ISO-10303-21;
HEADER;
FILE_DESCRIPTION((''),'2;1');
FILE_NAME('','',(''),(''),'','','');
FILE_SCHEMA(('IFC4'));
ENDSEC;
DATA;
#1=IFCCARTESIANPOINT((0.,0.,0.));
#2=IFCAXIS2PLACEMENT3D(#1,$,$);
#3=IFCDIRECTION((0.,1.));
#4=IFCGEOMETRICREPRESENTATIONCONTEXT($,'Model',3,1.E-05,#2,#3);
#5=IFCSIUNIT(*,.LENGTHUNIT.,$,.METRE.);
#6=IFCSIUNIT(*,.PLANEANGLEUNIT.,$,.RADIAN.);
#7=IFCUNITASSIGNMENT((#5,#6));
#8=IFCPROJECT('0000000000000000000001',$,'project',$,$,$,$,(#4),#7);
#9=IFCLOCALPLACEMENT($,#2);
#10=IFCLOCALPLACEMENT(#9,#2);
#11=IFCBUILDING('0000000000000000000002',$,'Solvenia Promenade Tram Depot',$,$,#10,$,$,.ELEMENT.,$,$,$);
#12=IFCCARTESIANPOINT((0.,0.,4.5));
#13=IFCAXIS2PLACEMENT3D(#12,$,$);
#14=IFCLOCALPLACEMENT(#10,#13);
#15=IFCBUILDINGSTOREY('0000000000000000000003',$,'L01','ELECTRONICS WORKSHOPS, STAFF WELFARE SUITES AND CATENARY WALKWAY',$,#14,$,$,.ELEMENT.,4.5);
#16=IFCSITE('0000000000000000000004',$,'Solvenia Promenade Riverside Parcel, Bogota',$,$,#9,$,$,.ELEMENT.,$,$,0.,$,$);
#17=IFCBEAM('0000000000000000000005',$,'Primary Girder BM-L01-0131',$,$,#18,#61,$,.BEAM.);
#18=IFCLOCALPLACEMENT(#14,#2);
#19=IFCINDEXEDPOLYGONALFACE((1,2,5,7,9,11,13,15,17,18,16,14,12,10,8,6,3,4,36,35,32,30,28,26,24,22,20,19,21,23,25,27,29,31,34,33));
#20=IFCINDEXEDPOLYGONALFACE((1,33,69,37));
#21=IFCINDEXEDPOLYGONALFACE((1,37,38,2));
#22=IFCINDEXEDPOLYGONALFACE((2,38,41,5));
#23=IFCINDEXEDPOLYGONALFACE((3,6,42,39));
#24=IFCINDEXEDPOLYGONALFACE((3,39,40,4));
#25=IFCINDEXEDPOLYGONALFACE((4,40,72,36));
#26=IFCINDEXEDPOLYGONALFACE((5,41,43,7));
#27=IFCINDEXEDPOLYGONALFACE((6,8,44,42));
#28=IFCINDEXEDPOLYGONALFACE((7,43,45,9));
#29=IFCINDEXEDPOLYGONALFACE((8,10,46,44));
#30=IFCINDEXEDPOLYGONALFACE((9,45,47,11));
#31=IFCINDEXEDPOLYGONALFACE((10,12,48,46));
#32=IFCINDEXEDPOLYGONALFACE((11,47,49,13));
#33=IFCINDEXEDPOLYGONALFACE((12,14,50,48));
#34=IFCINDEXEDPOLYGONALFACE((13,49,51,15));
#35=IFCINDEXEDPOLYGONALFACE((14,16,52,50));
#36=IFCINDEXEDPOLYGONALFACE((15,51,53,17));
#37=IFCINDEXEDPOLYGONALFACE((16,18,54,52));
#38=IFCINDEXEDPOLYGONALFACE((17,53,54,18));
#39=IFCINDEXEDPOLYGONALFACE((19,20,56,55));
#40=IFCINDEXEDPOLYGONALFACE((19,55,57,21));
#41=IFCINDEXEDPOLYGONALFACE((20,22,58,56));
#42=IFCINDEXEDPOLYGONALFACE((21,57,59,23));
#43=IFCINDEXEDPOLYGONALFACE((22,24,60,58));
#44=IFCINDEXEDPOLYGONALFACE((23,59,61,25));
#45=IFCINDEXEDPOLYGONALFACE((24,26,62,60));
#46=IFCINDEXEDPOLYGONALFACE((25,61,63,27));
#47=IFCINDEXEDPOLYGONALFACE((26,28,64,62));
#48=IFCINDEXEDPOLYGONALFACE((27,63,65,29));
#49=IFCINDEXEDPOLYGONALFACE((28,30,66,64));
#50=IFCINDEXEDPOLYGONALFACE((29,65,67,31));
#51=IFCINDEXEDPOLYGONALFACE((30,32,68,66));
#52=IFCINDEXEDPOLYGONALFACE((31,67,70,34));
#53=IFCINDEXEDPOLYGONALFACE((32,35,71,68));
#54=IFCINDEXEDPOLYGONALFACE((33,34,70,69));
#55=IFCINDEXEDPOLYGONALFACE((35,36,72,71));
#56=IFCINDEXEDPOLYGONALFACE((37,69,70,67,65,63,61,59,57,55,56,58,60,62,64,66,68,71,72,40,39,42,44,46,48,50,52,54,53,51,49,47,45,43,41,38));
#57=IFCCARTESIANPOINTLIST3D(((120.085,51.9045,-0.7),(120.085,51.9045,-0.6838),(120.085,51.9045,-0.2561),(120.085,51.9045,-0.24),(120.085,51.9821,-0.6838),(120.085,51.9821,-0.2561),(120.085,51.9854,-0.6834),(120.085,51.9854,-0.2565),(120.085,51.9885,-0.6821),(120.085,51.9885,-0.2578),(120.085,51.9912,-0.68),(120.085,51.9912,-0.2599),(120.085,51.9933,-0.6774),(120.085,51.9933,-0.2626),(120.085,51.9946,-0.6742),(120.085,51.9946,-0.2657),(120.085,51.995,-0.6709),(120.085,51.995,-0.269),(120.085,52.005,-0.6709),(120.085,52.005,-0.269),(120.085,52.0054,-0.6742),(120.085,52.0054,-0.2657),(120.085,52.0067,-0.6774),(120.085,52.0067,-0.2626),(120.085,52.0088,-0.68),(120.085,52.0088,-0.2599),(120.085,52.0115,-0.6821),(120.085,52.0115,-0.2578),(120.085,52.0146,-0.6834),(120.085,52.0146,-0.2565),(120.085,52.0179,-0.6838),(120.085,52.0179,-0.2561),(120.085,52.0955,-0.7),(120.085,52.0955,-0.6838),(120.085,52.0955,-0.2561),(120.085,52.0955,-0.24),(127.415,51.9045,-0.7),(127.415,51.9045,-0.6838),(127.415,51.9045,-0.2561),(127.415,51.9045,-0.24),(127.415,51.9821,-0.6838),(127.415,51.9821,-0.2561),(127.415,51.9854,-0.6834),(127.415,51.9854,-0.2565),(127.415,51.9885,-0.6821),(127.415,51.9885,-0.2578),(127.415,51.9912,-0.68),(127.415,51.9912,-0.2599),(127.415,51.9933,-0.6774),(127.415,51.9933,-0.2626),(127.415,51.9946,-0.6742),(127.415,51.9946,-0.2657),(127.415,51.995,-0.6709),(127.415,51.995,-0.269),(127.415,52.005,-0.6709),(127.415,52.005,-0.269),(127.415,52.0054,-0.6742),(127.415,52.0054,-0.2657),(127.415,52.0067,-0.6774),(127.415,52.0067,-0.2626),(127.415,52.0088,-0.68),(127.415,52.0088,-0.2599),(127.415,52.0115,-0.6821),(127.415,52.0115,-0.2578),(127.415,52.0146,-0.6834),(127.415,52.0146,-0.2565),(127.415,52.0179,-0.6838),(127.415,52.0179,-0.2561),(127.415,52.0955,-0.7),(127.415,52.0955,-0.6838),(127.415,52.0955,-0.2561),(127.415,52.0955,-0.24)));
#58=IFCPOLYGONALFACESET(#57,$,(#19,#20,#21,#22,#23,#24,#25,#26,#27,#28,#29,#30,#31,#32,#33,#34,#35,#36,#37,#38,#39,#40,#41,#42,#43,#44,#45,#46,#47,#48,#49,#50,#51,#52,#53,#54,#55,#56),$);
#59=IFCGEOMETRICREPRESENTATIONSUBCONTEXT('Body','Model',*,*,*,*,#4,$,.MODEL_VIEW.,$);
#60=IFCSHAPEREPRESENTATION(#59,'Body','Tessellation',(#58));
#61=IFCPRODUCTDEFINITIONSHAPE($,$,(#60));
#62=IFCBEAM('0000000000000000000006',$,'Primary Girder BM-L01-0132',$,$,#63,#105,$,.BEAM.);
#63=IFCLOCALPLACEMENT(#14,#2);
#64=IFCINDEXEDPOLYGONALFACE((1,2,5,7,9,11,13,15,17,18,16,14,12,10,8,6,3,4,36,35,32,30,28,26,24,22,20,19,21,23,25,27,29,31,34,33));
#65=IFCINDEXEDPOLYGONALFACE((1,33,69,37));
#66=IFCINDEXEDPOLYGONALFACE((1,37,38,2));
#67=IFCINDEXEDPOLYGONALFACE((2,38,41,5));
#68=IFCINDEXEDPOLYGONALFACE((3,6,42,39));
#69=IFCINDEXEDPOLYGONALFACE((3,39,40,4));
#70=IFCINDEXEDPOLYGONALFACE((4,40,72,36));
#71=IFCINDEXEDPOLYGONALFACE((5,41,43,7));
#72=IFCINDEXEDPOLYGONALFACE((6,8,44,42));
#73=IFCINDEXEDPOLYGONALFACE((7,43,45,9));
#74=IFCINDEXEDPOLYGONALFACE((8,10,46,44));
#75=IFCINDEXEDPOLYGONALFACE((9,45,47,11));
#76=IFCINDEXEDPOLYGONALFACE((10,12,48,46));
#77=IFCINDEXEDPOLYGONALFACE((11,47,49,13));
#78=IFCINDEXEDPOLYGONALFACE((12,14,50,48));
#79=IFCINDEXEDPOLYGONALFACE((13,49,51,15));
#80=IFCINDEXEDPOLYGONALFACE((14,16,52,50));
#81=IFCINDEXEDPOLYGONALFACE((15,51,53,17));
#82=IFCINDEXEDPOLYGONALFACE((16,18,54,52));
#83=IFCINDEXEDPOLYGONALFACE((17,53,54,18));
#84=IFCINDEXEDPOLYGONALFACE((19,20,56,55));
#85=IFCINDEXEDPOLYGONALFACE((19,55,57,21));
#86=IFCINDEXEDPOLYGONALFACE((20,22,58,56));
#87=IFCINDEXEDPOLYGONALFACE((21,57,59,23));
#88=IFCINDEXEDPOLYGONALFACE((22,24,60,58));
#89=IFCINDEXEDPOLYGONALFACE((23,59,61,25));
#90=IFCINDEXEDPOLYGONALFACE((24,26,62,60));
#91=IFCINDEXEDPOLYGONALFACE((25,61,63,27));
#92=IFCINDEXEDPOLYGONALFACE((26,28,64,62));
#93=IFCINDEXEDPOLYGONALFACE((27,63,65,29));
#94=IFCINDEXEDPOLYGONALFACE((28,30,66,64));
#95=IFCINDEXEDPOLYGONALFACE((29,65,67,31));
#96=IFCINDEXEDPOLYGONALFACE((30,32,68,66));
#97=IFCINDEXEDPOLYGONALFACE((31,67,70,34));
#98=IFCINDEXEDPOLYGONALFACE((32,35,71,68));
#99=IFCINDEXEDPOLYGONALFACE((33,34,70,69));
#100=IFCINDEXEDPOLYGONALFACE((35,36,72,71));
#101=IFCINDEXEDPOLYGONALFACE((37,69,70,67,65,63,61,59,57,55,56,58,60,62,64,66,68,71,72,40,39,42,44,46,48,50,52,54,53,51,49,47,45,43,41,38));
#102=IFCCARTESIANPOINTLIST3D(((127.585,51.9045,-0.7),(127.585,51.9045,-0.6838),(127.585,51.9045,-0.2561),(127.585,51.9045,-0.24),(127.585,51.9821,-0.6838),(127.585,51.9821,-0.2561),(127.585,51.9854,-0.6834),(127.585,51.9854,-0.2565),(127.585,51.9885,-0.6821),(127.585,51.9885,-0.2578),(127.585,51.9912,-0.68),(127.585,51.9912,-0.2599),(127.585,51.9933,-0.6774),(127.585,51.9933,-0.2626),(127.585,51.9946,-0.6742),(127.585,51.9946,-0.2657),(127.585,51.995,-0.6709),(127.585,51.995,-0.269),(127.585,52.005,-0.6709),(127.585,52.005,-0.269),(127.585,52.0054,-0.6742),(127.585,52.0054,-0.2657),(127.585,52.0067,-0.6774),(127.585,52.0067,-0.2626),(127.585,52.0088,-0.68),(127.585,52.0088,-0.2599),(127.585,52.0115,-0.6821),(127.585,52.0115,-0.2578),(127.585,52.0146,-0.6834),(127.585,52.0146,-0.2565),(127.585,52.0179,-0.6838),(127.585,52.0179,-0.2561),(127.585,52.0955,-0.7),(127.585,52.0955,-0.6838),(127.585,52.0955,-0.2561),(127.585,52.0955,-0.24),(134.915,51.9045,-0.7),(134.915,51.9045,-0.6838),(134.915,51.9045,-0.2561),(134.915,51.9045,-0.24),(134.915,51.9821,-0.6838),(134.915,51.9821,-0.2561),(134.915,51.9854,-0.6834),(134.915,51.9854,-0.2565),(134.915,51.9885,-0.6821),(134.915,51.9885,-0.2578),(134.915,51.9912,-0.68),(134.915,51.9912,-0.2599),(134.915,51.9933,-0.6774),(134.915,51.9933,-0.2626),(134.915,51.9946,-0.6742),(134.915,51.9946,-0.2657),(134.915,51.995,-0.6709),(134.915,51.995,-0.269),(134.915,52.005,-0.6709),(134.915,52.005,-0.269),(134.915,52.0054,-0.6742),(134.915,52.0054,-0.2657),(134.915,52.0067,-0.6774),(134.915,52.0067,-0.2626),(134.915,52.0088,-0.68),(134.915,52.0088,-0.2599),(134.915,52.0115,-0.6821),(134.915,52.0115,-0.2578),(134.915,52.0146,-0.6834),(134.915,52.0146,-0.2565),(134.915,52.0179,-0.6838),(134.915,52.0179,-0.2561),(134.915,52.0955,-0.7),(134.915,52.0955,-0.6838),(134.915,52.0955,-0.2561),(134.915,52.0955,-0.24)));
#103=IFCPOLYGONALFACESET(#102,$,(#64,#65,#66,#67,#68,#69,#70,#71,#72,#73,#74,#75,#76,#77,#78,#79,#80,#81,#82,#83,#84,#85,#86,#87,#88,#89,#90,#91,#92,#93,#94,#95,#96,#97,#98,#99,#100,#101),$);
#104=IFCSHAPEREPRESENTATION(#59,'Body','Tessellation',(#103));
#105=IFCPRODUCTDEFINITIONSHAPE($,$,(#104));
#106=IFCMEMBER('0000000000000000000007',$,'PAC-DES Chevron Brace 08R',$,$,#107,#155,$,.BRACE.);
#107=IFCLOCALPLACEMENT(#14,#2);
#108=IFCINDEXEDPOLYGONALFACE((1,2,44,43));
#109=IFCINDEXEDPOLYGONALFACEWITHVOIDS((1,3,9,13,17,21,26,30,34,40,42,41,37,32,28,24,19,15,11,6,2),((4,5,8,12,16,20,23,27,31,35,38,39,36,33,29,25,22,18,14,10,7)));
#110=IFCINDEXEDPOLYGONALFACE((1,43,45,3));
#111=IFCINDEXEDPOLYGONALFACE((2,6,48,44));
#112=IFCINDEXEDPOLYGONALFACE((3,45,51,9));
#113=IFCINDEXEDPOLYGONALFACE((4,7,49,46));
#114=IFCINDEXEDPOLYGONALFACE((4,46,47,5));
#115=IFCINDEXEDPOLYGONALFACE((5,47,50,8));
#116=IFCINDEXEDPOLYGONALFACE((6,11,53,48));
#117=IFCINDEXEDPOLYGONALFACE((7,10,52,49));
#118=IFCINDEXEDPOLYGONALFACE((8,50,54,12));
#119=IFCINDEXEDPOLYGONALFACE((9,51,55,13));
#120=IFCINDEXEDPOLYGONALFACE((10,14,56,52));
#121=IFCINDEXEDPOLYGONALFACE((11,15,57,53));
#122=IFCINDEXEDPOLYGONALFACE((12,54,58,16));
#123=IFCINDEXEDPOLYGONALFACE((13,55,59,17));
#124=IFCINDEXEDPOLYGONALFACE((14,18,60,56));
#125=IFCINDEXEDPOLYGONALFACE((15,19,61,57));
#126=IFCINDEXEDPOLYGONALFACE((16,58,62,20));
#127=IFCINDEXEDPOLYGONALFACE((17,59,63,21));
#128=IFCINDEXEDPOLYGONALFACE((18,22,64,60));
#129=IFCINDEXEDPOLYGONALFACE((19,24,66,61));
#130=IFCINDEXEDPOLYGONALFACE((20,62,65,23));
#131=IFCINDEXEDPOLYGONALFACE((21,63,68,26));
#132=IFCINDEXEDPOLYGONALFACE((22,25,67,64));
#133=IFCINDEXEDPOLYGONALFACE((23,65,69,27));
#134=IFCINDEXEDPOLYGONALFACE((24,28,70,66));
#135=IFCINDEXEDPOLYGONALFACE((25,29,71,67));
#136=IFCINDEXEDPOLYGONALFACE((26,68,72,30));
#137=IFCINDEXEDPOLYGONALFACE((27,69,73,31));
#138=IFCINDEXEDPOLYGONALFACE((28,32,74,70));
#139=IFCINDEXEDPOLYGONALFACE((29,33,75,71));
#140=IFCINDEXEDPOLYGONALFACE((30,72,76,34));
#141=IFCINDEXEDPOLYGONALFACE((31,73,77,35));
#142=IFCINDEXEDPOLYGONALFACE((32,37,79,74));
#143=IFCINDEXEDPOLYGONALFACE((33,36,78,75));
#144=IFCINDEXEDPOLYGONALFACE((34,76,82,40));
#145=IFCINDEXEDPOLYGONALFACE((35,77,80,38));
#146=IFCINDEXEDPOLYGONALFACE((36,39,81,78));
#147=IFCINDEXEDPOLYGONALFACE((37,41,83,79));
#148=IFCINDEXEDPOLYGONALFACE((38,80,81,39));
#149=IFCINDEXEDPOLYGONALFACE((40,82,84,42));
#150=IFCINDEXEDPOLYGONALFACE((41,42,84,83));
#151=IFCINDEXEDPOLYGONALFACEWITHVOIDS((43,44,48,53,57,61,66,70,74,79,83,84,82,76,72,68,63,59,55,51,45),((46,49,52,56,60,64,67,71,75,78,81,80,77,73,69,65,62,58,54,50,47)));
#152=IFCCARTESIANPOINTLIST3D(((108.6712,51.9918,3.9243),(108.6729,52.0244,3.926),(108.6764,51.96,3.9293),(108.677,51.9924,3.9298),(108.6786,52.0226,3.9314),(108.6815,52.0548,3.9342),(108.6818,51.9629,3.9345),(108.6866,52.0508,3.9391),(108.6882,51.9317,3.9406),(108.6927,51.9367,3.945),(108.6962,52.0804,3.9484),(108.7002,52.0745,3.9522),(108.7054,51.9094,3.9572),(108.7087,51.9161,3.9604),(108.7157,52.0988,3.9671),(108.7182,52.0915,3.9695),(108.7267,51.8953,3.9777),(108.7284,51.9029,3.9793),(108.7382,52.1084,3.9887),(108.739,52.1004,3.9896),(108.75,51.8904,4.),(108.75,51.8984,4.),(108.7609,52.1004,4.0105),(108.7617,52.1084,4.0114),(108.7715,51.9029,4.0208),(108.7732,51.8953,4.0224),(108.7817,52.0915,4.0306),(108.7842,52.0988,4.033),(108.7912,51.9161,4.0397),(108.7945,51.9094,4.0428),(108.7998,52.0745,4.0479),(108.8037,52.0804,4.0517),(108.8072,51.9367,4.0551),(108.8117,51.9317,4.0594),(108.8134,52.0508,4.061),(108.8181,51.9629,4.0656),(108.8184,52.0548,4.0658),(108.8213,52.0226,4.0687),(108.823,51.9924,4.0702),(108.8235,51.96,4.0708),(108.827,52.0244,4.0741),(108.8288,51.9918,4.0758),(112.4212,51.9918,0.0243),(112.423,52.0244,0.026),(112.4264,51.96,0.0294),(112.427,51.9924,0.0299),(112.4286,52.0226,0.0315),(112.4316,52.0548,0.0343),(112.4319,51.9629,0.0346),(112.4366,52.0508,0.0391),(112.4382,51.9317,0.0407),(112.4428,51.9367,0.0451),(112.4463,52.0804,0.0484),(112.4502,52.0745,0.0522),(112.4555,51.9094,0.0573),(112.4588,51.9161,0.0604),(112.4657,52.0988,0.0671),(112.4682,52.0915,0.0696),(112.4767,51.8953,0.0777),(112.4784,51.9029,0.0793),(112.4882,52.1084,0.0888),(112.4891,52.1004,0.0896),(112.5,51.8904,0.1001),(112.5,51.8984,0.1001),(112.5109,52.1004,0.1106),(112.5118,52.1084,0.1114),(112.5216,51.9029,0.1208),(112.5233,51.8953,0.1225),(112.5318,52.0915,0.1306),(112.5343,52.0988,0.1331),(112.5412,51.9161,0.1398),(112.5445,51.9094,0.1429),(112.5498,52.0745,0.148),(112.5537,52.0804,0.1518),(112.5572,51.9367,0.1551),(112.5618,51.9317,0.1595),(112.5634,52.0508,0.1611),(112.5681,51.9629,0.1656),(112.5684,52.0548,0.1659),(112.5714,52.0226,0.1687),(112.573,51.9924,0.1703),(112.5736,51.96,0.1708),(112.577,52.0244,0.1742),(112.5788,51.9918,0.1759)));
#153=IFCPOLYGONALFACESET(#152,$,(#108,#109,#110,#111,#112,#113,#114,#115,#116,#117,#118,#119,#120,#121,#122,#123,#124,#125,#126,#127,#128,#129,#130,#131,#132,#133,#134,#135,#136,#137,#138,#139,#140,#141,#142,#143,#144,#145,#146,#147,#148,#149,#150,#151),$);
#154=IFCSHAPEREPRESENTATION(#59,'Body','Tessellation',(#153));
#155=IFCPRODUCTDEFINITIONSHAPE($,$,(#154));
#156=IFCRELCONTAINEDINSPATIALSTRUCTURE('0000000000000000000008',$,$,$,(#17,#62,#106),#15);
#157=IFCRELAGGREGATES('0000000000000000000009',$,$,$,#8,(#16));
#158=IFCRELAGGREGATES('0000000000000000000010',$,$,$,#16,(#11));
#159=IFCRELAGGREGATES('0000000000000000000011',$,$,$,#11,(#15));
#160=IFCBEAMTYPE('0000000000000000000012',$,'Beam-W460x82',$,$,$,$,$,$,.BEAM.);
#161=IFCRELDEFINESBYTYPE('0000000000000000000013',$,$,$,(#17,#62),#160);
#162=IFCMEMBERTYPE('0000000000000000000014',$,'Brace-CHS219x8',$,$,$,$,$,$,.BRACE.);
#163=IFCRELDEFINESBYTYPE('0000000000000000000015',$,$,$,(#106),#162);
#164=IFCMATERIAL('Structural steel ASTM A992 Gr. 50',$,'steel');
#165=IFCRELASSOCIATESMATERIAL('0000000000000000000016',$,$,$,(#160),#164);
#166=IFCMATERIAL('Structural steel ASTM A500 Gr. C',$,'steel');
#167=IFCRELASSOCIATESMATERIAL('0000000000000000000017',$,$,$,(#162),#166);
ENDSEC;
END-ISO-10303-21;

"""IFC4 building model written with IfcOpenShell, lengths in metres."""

from ifc_helpers import new_model, si_unit, direction, frame, origin, origin_2d, place, context, subcontext, project, spatial, hollow_circle, i_section, extrude, material, material_profile, profile_set, type_object, element, save


model = new_model("IFC4")

# Units and contexts
model_context = context("Model", 3, precision=1e-05, world=origin(), true_north=direction((0.0, 1.0)))
body_context = subcontext(model_context, "Body", "Model", "MODEL_VIEW")
ifc_project = project(units=[si_unit("LENGTHUNIT", "METRE"), si_unit("PLANEANGLEUNIT", "RADIAN")], contexts=[model_context])

# Site, building, storey
site_placement = place(None, origin())
site = spatial("IfcSite", under=ifc_project, at=site_placement, Name="Solvenia Promenade Riverside Parcel, Bogota", CompositionType="ELEMENT", RefElevation=0.0)
building_placement = place(site_placement, origin())
building = spatial("IfcBuilding", under=site, at=building_placement, Name="Solvenia Promenade Tram Depot", CompositionType="ELEMENT")
storey_placement = place(building_placement, frame((0.0, 0.0, 4.5)))
storey = spatial("IfcBuildingStorey", under=building, at=storey_placement, Name="L01", Description="ELECTRONICS WORKSHOPS, STAFF WELFARE SUITES AND CATENARY WALKWAY", CompositionType="ELEMENT", Elevation=4.5)

# Shared definitions
ifc_material_1 = material(Name="Structural steel ASTM A992 Gr. 50", Category="steel")

# Beams
ifc_material_profile_1 = material_profile(ifc_material_1, i_section(OverallWidth=0.1909, OverallDepth=0.46, WebThickness=0.01, FlangeThickness=0.0161, FilletRadius=0.0129, at=origin_2d()), Name="W460x82", Category="steel")
ifc_profile_set_1 = profile_set([ifc_material_profile_1], Name="Structural steel ASTM A992 Gr. 50")
beam_type_1 = type_object("IfcBeamType", Name="Beam-W460x82", PredefinedType="BEAM", material=ifc_profile_set_1)
for number, where, z_axis, x_axis, name in (
    (1, (120.085, 52.0, -0.47), (1.0, 0.0, 0.0), (0.0, 1.0, 0.0), "Primary Girder BM-L01-0131"),
    (2, (127.585, 52.0, -0.47), (1.0, 0.0, 0.0), (0.0, 1.0, 0.0), "Primary Girder BM-L01-0132"),
):
    element("IfcBeam", number, at=place(storey_placement, frame(where, z_axis=z_axis, x_axis=x_axis)), inside=storey, type_object=beam_type_1, Name=name, PredefinedType="BEAM", context=body_context, shape_type="SweptSolid", body=[
        extrude(i_section(OverallWidth=0.1909, OverallDepth=0.46, WebThickness=0.01, FlangeThickness=0.0161, FilletRadius=0.0129, at=origin_2d()), origin(), (0.0, 0.0, 1.0), 7.3301),
    ])

# Member
ifc_material_2 = material(Name="Structural steel ASTM A500 Gr. C", Category="steel")
ifc_material_profile_2 = material_profile(ifc_material_2, hollow_circle(Radius=0.1096, WallThickness=0.0081, at=origin_2d()), Name="CHS219.1x8", Category="steel")
ifc_profile_set_2 = profile_set([ifc_material_profile_2], Name="Structural steel ASTM A500 Gr. C")
member_type = type_object("IfcMemberType", Name="Brace-CHS219x8", PredefinedType="BRACE", material=ifc_profile_set_2)
member_placement = place(storey_placement, frame((112.5, 52.0, 0.1001), z_axis=(-0.693118, 0.0, 0.720824), x_axis=(0.0, -1.0, 0.0)))
element("IfcMember", 3, at=member_placement, inside=storey, type_object=member_type, Name="PAC-DES Chevron Brace 08R", PredefinedType="BRACE", context=body_context, shape_type="SweptSolid", body=[
    extrude(hollow_circle(Radius=0.1096, WallThickness=0.0081, at=origin_2d()), origin(), (0.0, 0.0, 1.0), 5.4104),
])

save(model, "model.ifc")
